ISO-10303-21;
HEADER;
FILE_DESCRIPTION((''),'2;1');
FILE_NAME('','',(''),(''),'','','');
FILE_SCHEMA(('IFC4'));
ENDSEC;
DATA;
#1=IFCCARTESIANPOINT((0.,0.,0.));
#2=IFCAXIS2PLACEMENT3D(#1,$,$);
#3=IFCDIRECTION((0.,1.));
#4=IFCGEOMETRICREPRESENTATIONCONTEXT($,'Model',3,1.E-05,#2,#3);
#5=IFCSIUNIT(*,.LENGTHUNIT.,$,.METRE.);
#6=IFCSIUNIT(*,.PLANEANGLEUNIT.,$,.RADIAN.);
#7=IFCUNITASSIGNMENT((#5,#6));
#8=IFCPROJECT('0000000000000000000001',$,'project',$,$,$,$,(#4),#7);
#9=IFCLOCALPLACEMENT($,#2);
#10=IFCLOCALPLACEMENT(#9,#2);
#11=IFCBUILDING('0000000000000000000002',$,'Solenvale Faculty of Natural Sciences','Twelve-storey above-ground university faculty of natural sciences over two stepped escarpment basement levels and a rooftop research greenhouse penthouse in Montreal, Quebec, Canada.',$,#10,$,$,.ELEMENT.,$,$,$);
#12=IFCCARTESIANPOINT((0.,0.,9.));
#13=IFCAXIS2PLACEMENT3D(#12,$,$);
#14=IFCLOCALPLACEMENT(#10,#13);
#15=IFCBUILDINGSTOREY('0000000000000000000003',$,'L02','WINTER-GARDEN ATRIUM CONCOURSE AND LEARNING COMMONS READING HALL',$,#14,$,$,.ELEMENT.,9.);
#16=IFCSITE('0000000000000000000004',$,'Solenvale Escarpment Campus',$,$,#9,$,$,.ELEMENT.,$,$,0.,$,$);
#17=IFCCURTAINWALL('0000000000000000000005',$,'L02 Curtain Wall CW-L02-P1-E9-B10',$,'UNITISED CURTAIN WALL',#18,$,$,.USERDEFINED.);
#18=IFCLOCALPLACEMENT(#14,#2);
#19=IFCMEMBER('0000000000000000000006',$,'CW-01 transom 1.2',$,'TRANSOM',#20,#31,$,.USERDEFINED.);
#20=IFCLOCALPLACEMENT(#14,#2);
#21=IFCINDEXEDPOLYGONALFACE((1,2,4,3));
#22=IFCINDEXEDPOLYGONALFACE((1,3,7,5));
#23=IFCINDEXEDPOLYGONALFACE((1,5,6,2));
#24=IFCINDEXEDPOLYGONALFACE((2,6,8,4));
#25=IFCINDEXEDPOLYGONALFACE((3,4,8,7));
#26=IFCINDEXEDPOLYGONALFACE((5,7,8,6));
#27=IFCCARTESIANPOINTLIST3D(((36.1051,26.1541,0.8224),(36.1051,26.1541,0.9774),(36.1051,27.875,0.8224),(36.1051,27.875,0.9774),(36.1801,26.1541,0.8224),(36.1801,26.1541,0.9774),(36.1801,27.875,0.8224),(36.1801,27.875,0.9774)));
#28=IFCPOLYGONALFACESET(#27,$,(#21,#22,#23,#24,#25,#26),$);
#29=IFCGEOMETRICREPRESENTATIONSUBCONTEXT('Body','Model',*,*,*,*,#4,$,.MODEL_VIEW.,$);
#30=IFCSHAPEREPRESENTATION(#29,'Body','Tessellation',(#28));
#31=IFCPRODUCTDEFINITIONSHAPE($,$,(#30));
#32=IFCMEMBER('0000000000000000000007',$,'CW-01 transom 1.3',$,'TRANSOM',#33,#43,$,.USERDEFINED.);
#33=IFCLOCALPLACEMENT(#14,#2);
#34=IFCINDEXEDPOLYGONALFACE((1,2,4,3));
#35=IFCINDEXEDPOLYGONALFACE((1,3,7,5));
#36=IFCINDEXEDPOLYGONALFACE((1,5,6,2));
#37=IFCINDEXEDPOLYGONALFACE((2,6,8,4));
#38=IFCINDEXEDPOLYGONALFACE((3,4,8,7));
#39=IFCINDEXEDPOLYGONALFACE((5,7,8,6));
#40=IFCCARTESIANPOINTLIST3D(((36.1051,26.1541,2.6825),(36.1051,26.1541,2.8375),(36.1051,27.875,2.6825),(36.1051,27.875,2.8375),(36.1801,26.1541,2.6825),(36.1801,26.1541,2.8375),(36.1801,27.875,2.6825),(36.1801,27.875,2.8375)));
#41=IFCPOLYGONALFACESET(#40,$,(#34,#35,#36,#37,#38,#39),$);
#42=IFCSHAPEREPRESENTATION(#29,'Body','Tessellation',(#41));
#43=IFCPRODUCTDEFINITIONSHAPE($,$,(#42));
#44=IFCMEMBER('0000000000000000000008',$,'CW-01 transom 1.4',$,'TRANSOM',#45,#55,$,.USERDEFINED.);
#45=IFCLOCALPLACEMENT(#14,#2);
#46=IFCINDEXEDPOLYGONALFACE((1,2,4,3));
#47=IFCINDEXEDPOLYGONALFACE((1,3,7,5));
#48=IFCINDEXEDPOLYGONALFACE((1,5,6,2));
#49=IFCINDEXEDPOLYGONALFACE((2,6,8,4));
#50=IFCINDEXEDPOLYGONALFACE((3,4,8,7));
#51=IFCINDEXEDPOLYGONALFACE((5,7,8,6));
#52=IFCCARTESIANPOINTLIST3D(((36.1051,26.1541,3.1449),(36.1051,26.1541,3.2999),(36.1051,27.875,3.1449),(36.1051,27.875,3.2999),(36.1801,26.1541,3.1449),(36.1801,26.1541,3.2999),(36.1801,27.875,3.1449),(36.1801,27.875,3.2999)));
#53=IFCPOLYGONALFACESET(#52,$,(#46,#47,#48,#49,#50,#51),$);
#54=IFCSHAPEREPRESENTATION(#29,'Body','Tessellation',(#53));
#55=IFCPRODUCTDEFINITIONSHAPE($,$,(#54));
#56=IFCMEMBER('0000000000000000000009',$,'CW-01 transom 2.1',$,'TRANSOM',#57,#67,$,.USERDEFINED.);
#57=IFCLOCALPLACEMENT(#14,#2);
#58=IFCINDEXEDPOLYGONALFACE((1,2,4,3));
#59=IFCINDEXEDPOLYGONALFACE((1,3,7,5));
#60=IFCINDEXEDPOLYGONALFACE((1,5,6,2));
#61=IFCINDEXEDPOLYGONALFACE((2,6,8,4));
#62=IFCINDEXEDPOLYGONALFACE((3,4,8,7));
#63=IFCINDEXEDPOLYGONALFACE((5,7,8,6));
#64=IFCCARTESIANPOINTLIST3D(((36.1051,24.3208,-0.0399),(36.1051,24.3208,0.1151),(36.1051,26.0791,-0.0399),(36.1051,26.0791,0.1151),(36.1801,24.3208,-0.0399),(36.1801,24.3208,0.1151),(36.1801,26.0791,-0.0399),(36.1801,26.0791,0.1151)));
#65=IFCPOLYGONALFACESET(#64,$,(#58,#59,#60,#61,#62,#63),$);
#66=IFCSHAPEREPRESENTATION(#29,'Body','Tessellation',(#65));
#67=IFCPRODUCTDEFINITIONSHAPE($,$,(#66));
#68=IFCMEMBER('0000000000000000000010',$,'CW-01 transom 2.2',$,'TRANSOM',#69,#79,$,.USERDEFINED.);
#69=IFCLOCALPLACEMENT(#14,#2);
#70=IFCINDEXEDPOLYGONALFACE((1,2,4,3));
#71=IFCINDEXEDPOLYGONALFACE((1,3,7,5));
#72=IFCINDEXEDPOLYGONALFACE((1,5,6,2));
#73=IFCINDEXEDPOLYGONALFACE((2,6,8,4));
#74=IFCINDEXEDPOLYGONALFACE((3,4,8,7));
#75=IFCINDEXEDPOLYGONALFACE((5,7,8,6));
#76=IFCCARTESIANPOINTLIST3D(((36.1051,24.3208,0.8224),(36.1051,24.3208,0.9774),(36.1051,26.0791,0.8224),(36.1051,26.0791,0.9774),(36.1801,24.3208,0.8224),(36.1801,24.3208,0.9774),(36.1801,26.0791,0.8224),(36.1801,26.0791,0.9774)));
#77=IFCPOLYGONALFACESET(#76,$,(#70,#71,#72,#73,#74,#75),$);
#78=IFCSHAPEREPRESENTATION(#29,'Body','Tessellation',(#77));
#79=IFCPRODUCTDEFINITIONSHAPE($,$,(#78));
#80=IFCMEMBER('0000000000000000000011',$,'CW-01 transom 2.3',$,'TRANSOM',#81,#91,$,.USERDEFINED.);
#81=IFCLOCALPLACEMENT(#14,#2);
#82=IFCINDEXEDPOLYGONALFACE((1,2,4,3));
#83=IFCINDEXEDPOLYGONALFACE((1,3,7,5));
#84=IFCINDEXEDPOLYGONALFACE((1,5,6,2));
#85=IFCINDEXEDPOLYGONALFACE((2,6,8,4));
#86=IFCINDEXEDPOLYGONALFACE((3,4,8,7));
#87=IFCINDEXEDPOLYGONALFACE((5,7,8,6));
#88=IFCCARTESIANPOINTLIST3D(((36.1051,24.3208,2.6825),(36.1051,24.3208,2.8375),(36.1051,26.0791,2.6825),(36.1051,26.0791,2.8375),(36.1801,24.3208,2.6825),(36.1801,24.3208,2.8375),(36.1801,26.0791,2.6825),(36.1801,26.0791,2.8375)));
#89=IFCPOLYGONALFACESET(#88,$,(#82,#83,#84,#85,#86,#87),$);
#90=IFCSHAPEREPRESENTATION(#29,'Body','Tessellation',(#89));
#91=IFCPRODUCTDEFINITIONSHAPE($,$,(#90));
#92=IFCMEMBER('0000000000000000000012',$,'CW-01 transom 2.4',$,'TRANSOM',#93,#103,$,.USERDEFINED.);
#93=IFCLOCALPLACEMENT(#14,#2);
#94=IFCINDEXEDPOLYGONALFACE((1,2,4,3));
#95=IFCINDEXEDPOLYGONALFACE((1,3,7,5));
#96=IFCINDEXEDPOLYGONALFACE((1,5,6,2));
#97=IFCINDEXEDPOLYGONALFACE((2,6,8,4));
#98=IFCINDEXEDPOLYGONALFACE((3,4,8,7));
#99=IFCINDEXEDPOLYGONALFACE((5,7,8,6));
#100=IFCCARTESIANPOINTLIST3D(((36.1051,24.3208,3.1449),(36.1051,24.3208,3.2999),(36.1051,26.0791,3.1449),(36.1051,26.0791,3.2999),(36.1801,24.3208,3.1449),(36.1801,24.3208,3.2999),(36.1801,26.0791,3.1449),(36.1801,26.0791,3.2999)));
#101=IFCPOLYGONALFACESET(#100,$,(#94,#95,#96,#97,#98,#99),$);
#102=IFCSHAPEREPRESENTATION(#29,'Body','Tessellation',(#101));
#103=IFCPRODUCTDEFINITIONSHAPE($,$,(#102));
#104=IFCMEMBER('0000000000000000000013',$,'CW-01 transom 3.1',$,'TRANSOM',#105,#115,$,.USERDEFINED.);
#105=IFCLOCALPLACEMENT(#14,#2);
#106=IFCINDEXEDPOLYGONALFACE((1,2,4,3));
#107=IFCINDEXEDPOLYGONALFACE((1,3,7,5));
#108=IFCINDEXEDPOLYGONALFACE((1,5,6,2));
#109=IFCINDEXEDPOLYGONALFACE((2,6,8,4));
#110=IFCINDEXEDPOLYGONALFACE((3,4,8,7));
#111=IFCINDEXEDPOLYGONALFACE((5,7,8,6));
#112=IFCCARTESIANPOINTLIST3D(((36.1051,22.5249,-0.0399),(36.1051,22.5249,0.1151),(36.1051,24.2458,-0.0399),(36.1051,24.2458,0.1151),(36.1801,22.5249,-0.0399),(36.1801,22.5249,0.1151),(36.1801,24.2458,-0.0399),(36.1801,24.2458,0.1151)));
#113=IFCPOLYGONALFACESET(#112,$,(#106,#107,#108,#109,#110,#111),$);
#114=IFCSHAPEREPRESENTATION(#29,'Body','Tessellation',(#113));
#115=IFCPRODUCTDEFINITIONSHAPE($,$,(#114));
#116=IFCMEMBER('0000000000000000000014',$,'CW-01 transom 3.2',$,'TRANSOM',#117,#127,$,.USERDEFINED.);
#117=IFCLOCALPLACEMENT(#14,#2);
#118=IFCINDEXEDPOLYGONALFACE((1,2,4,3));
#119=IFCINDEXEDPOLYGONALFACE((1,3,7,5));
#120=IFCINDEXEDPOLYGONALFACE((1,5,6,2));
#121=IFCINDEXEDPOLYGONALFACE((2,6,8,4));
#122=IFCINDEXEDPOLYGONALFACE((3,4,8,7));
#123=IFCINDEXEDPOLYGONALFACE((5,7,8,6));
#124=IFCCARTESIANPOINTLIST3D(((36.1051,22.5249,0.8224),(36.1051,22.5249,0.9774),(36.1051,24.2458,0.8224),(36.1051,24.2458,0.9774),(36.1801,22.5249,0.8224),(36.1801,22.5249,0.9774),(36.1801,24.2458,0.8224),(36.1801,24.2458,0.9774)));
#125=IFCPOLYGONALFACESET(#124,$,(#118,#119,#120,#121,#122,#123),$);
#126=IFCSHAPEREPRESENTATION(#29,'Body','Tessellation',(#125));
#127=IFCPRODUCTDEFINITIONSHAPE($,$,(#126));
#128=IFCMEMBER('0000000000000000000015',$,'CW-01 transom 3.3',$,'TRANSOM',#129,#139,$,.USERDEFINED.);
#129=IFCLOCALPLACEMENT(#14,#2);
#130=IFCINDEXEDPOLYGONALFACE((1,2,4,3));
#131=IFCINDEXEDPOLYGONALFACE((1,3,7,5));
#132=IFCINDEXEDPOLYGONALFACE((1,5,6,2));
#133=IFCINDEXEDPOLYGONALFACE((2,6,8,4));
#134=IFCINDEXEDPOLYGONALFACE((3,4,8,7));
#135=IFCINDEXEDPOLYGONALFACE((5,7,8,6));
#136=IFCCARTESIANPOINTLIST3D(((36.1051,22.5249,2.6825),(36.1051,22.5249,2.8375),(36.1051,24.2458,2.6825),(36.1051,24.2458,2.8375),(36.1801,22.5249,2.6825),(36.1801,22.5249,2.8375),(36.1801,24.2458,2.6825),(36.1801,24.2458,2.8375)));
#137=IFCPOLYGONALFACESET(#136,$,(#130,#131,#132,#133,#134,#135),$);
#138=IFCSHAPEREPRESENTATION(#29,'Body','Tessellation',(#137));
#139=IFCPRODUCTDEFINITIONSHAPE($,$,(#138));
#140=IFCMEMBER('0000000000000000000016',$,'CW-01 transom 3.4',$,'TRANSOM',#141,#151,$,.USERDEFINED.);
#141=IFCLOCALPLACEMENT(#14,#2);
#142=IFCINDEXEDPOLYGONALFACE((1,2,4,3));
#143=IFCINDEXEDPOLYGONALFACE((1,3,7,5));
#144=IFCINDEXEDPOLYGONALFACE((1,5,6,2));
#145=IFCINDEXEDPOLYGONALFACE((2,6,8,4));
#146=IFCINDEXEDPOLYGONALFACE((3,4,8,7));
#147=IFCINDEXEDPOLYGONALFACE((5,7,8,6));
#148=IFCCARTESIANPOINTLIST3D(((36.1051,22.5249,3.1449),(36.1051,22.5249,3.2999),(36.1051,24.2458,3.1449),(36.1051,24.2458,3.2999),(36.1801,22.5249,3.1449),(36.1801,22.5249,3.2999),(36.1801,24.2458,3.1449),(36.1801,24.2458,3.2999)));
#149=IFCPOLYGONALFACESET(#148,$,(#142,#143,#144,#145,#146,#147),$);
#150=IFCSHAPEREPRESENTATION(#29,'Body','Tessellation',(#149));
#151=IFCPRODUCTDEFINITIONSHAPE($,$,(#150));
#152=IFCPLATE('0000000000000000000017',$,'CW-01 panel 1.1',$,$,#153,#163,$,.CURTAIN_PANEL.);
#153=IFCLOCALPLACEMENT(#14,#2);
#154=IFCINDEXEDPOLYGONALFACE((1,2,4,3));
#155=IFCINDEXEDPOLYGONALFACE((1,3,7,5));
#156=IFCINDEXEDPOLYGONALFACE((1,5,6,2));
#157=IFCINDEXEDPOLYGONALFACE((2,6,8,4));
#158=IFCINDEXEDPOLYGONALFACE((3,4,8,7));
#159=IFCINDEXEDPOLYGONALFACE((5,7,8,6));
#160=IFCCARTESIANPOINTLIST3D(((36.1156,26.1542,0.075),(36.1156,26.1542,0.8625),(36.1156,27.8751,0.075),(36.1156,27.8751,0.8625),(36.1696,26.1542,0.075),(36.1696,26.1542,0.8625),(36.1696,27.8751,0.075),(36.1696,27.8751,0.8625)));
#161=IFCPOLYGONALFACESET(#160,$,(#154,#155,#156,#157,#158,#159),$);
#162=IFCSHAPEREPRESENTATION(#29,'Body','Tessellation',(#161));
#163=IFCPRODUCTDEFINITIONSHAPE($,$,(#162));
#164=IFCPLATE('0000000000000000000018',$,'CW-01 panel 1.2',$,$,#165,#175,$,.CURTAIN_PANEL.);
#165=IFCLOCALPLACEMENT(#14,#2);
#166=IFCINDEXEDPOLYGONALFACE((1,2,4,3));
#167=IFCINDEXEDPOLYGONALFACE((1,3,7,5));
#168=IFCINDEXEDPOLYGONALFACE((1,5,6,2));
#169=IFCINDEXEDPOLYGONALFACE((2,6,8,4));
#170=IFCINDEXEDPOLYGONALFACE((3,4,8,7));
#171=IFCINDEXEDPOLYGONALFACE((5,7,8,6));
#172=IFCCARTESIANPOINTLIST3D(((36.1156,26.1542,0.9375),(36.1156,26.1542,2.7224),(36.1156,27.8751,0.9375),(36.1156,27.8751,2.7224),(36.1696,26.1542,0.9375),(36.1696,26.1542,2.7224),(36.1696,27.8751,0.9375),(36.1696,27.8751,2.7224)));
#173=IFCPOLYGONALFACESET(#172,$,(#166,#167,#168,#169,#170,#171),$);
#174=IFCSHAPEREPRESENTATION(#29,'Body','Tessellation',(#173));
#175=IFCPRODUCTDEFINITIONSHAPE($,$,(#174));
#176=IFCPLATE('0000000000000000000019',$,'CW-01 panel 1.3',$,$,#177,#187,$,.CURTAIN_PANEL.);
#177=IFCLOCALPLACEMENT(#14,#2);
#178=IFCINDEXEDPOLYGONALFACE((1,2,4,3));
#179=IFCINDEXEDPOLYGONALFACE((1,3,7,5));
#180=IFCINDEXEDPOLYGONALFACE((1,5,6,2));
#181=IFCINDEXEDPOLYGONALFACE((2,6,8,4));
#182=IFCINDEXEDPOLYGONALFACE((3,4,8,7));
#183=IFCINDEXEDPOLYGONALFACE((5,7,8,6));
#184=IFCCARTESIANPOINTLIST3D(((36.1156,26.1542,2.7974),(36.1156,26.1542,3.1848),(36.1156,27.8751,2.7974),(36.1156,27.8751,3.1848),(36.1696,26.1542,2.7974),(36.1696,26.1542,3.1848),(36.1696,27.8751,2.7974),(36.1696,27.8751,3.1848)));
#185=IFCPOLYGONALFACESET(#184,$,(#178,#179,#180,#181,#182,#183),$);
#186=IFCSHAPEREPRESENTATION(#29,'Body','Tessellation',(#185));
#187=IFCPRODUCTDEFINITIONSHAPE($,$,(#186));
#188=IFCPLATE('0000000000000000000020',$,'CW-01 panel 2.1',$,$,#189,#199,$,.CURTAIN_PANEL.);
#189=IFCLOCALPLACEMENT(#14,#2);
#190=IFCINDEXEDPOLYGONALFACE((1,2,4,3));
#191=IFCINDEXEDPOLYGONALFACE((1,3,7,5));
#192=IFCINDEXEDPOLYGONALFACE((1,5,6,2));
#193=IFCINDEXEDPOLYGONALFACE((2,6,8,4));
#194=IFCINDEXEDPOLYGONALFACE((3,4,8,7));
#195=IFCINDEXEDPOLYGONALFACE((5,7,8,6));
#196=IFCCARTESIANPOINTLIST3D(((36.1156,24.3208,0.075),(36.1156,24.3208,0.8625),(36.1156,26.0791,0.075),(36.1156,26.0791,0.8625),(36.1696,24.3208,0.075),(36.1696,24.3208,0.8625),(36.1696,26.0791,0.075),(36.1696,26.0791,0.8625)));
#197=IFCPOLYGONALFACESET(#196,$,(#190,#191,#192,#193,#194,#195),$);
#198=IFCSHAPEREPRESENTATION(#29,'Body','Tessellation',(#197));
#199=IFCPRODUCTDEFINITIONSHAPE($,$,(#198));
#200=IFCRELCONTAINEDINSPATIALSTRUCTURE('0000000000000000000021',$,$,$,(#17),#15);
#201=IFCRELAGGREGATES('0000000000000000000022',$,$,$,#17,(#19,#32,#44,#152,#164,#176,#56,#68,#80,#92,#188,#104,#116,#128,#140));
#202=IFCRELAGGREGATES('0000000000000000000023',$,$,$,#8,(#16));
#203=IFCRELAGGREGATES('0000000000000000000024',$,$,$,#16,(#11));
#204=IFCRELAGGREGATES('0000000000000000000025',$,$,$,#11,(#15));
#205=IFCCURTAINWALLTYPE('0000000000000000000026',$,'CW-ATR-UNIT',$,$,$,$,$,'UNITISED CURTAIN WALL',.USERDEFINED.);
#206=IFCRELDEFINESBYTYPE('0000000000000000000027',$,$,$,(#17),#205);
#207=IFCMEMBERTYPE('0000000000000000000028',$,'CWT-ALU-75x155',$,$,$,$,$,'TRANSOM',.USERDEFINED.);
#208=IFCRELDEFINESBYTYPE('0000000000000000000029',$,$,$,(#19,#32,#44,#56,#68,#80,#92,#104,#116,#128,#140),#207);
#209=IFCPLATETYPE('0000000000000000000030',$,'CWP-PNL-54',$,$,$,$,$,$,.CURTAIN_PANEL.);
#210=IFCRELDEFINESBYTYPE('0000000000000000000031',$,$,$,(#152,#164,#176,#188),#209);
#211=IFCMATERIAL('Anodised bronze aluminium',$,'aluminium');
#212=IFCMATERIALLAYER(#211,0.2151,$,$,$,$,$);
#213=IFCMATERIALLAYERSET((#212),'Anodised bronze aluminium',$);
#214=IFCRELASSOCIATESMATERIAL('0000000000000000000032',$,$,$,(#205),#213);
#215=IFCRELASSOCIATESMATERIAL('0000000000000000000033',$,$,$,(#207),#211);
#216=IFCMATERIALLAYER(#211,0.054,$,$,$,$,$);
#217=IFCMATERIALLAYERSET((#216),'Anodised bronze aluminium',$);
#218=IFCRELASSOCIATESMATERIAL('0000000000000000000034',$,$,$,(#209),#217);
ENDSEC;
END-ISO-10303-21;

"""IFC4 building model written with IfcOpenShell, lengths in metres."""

from ifc_helpers import new_model, si_unit, direction, frame, origin, origin_2d, place, context, subcontext, project, spatial, rectangle, extrude, material, layer, layer_set, material_profile, profile_set, type_object, element, aggregate, save


model = new_model("IFC4")

# Units and contexts
model_context = context("Model", 3, precision=1e-05, world=origin(), true_north=direction((0.0, 1.0)))
body_context = subcontext(model_context, "Body", "Model", "MODEL_VIEW")
ifc_project = project(units=[si_unit("LENGTHUNIT", "METRE"), si_unit("PLANEANGLEUNIT", "RADIAN")], contexts=[model_context])

# Site, building, storey
site_placement = place(None, origin())
site = spatial("IfcSite", under=ifc_project, at=site_placement, Name="Solenvale Escarpment Campus", CompositionType="ELEMENT", RefElevation=0.0)
building_placement = place(site_placement, origin())
building = spatial("IfcBuilding", under=site, at=building_placement, Name="Solenvale Faculty of Natural Sciences", Description="Twelve-storey above-ground university faculty of natural sciences over two stepped escarpment basement levels and a rooftop research greenhouse penthouse in Montreal, Quebec, Canada.", CompositionType="ELEMENT")
storey_placement = place(building_placement, frame((0.0, 0.0, 9.0)))
storey = spatial("IfcBuildingStorey", under=building, at=storey_placement, Name="L02", Description="WINTER-GARDEN ATRIUM CONCOURSE AND LEARNING COMMONS READING HALL", CompositionType="ELEMENT", Elevation=9.0)

# Curtain wall, members, plates
ifc_material_1 = material(Name="Anodised bronze aluminium", Category="aluminium")
ifc_layer_1 = layer(ifc_material_1, 0.2151)
ifc_layer_set_1 = layer_set([ifc_layer_1], Name="Anodised bronze aluminium")
curtain_wall_type = type_object("IfcCurtainWallType", Name="CW-ATR-UNIT", ElementType="UNITISED CURTAIN WALL", PredefinedType="USERDEFINED", material=ifc_layer_set_1)
curtain_wall_placement = place(storey_placement, origin())
curtain_wall = element("IfcCurtainWall", 1, at=curtain_wall_placement, inside=storey, type_object=curtain_wall_type, Name="L02 Curtain Wall CW-L02-P1-E9-B10", ObjectType="UNITISED CURTAIN WALL", PredefinedType="USERDEFINED")
ifc_material_profile_1 = material_profile(ifc_material_1, rectangle(XDim=0.075, YDim=0.155, at=origin_2d()), Name="ALU-TRN-75x155")
ifc_profile_set_1 = profile_set([ifc_material_profile_1], Name="Anodised bronze aluminium")
member_type_1 = type_object("IfcMemberType", Name="CWT-ALU-75x155", ElementType="TRANSOM", PredefinedType="USERDEFINED", material=ifc_profile_set_1)
member_1_placement = place(storey_placement, frame((36.1426, 27.875, 0.8999), z_axis=(0.0, -1.0, 0.0), x_axis=(1.0, 0.0, 0.0)))
member_1 = element("IfcMember", 2, at=member_1_placement, type_object=member_type_1, Name="CW-01 transom 1.2", ObjectType="TRANSOM", PredefinedType="USERDEFINED", context=body_context, shape_type="SweptSolid", body=[
    extrude(rectangle(XDim=0.075, YDim=0.155, at=origin_2d()), origin(), (0.0, 0.0, 1.0), 1.7209),
])
member_2_placement = place(storey_placement, frame((36.1426, 27.875, 2.76), z_axis=(0.0, -1.0, 0.0), x_axis=(1.0, 0.0, 0.0)))
member_2 = element("IfcMember", 3, at=member_2_placement, type_object=member_type_1, Name="CW-01 transom 1.3", ObjectType="TRANSOM", PredefinedType="USERDEFINED", context=body_context, shape_type="SweptSolid", body=[
    extrude(rectangle(XDim=0.075, YDim=0.155, at=origin_2d()), origin(), (0.0, 0.0, 1.0), 1.7209),
])
member_3_placement = place(storey_placement, frame((36.1426, 27.875, 3.2224), z_axis=(0.0, -1.0, 0.0), x_axis=(1.0, 0.0, 0.0)))
member_3 = element("IfcMember", 4, at=member_3_placement, type_object=member_type_1, Name="CW-01 transom 1.4", ObjectType="TRANSOM", PredefinedType="USERDEFINED", context=body_context, shape_type="SweptSolid", body=[
    extrude(rectangle(XDim=0.075, YDim=0.155, at=origin_2d()), origin(), (0.0, 0.0, 1.0), 1.7209),
])
member_4_placement = place(storey_placement, frame((36.1426, 26.0791, 0.0376), z_axis=(0.0, -1.0, 0.0), x_axis=(1.0, 0.0, 0.0)))
member_4 = element("IfcMember", 5, at=member_4_placement, type_object=member_type_1, Name="CW-01 transom 2.1", ObjectType="TRANSOM", PredefinedType="USERDEFINED", context=body_context, shape_type="SweptSolid", body=[
    extrude(rectangle(XDim=0.075, YDim=0.155, at=origin_2d()), origin(), (0.0, 0.0, 1.0), 1.7583),
])
member_5_placement = place(storey_placement, frame((36.1426, 26.0791, 0.8999), z_axis=(0.0, -1.0, 0.0), x_axis=(1.0, 0.0, 0.0)))
member_5 = element("IfcMember", 6, at=member_5_placement, type_object=member_type_1, Name="CW-01 transom 2.2", ObjectType="TRANSOM", PredefinedType="USERDEFINED", context=body_context, shape_type="SweptSolid", body=[
    extrude(rectangle(XDim=0.075, YDim=0.155, at=origin_2d()), origin(), (0.0, 0.0, 1.0), 1.7583),
])
member_6_placement = place(storey_placement, frame((36.1426, 26.0791, 2.76), z_axis=(0.0, -1.0, 0.0), x_axis=(1.0, 0.0, 0.0)))
member_6 = element("IfcMember", 7, at=member_6_placement, type_object=member_type_1, Name="CW-01 transom 2.3", ObjectType="TRANSOM", PredefinedType="USERDEFINED", context=body_context, shape_type="SweptSolid", body=[
    extrude(rectangle(XDim=0.075, YDim=0.155, at=origin_2d()), origin(), (0.0, 0.0, 1.0), 1.7583),
])
member_7_placement = place(storey_placement, frame((36.1426, 26.0791, 3.2224), z_axis=(0.0, -1.0, 0.0), x_axis=(1.0, 0.0, 0.0)))
member_7 = element("IfcMember", 8, at=member_7_placement, type_object=member_type_1, Name="CW-01 transom 2.4", ObjectType="TRANSOM", PredefinedType="USERDEFINED", context=body_context, shape_type="SweptSolid", body=[
    extrude(rectangle(XDim=0.075, YDim=0.155, at=origin_2d()), origin(), (0.0, 0.0, 1.0), 1.7583),
])
member_8_placement = place(storey_placement, frame((36.1426, 24.2458, 0.0376), z_axis=(0.0, -1.0, 0.0), x_axis=(1.0, 0.0, 0.0)))
member_8 = element("IfcMember", 9, at=member_8_placement, type_object=member_type_1, Name="CW-01 transom 3.1", ObjectType="TRANSOM", PredefinedType="USERDEFINED", context=body_context, shape_type="SweptSolid", body=[
    extrude(rectangle(XDim=0.075, YDim=0.155, at=origin_2d()), origin(), (0.0, 0.0, 1.0), 1.7209),
])
member_9_placement = place(storey_placement, frame((36.1426, 24.2458, 0.8999), z_axis=(0.0, -1.0, 0.0), x_axis=(1.0, 0.0, 0.0)))
member_9 = element("IfcMember", 10, at=member_9_placement, type_object=member_type_1, Name="CW-01 transom 3.2", ObjectType="TRANSOM", PredefinedType="USERDEFINED", context=body_context, shape_type="SweptSolid", body=[
    extrude(rectangle(XDim=0.075, YDim=0.155, at=origin_2d()), origin(), (0.0, 0.0, 1.0), 1.7209),
])
member_10_placement = place(storey_placement, frame((36.1426, 24.2458, 2.76), z_axis=(0.0, -1.0, 0.0), x_axis=(1.0, 0.0, 0.0)))
member_10 = element("IfcMember", 11, at=member_10_placement, type_object=member_type_1, Name="CW-01 transom 3.3", ObjectType="TRANSOM", PredefinedType="USERDEFINED", context=body_context, shape_type="SweptSolid", body=[
    extrude(rectangle(XDim=0.075, YDim=0.155, at=origin_2d()), origin(), (0.0, 0.0, 1.0), 1.7209),
])
member_11_placement = place(storey_placement, frame((36.1426, 24.2458, 3.2224), z_axis=(0.0, -1.0, 0.0), x_axis=(1.0, 0.0, 0.0)))
member_11 = element("IfcMember", 12, at=member_11_placement, type_object=member_type_1, Name="CW-01 transom 3.4", ObjectType="TRANSOM", PredefinedType="USERDEFINED", context=body_context, shape_type="SweptSolid", body=[
    extrude(rectangle(XDim=0.075, YDim=0.155, at=origin_2d()), origin(), (0.0, 0.0, 1.0), 1.7209),
])
ifc_layer_2 = layer(ifc_material_1, 0.054)
ifc_layer_set_2 = layer_set([ifc_layer_2], Name="Anodised bronze aluminium")
plate_type = type_object("IfcPlateType", Name="CWP-PNL-54", PredefinedType="CURTAIN_PANEL", material=ifc_layer_set_2)
plate_1_placement = place(storey_placement, frame((36.1426, 27.0146, 0.075), z_axis=(0.0, 0.0, 1.0), x_axis=(0.0, -1.0, 0.0)))
plate_1 = element("IfcPlate", 13, at=plate_1_placement, type_object=plate_type, Name="CW-01 panel 1.1", PredefinedType="CURTAIN_PANEL", context=body_context, shape_type="SweptSolid", body=[
    extrude(rectangle(XDim=1.7209, YDim=0.054, at=origin_2d()), origin(), (0.0, 0.0, 1.0), 0.7876),
])
plate_2_placement = place(storey_placement, frame((36.1426, 27.0146, 0.9375), z_axis=(0.0, 0.0, 1.0), x_axis=(0.0, -1.0, 0.0)))
plate_2 = element("IfcPlate", 14, at=plate_2_placement, type_object=plate_type, Name="CW-01 panel 1.2", PredefinedType="CURTAIN_PANEL", context=body_context, shape_type="SweptSolid", body=[
    extrude(rectangle(XDim=1.7209, YDim=0.054, at=origin_2d()), origin(), (0.0, 0.0, 1.0), 1.7849),
])
plate_3_placement = place(storey_placement, frame((36.1426, 27.0146, 2.7974), z_axis=(0.0, 0.0, 1.0), x_axis=(0.0, -1.0, 0.0)))
plate_3 = element("IfcPlate", 15, at=plate_3_placement, type_object=plate_type, Name="CW-01 panel 1.3", PredefinedType="CURTAIN_PANEL", context=body_context, shape_type="SweptSolid", body=[
    extrude(rectangle(XDim=1.7209, YDim=0.054, at=origin_2d()), origin(), (0.0, 0.0, 1.0), 0.3875),
])
plate_4_placement = place(storey_placement, frame((36.1426, 25.2, 0.075), z_axis=(0.0, 0.0, 1.0), x_axis=(0.0, -1.0, 0.0)))
plate_4 = element("IfcPlate", 16, at=plate_4_placement, type_object=plate_type, Name="CW-01 panel 2.1", PredefinedType="CURTAIN_PANEL", context=body_context, shape_type="SweptSolid", body=[
    extrude(rectangle(XDim=1.7583, YDim=0.054, at=origin_2d()), origin(), (0.0, 0.0, 1.0), 0.7876),
])
aggregate(curtain_wall, [member_1, member_2, member_3, plate_1, plate_2, plate_3, member_4, member_5, member_6, member_7, plate_4, member_8, member_9, member_10, member_11])

save(model, "model.ifc")
